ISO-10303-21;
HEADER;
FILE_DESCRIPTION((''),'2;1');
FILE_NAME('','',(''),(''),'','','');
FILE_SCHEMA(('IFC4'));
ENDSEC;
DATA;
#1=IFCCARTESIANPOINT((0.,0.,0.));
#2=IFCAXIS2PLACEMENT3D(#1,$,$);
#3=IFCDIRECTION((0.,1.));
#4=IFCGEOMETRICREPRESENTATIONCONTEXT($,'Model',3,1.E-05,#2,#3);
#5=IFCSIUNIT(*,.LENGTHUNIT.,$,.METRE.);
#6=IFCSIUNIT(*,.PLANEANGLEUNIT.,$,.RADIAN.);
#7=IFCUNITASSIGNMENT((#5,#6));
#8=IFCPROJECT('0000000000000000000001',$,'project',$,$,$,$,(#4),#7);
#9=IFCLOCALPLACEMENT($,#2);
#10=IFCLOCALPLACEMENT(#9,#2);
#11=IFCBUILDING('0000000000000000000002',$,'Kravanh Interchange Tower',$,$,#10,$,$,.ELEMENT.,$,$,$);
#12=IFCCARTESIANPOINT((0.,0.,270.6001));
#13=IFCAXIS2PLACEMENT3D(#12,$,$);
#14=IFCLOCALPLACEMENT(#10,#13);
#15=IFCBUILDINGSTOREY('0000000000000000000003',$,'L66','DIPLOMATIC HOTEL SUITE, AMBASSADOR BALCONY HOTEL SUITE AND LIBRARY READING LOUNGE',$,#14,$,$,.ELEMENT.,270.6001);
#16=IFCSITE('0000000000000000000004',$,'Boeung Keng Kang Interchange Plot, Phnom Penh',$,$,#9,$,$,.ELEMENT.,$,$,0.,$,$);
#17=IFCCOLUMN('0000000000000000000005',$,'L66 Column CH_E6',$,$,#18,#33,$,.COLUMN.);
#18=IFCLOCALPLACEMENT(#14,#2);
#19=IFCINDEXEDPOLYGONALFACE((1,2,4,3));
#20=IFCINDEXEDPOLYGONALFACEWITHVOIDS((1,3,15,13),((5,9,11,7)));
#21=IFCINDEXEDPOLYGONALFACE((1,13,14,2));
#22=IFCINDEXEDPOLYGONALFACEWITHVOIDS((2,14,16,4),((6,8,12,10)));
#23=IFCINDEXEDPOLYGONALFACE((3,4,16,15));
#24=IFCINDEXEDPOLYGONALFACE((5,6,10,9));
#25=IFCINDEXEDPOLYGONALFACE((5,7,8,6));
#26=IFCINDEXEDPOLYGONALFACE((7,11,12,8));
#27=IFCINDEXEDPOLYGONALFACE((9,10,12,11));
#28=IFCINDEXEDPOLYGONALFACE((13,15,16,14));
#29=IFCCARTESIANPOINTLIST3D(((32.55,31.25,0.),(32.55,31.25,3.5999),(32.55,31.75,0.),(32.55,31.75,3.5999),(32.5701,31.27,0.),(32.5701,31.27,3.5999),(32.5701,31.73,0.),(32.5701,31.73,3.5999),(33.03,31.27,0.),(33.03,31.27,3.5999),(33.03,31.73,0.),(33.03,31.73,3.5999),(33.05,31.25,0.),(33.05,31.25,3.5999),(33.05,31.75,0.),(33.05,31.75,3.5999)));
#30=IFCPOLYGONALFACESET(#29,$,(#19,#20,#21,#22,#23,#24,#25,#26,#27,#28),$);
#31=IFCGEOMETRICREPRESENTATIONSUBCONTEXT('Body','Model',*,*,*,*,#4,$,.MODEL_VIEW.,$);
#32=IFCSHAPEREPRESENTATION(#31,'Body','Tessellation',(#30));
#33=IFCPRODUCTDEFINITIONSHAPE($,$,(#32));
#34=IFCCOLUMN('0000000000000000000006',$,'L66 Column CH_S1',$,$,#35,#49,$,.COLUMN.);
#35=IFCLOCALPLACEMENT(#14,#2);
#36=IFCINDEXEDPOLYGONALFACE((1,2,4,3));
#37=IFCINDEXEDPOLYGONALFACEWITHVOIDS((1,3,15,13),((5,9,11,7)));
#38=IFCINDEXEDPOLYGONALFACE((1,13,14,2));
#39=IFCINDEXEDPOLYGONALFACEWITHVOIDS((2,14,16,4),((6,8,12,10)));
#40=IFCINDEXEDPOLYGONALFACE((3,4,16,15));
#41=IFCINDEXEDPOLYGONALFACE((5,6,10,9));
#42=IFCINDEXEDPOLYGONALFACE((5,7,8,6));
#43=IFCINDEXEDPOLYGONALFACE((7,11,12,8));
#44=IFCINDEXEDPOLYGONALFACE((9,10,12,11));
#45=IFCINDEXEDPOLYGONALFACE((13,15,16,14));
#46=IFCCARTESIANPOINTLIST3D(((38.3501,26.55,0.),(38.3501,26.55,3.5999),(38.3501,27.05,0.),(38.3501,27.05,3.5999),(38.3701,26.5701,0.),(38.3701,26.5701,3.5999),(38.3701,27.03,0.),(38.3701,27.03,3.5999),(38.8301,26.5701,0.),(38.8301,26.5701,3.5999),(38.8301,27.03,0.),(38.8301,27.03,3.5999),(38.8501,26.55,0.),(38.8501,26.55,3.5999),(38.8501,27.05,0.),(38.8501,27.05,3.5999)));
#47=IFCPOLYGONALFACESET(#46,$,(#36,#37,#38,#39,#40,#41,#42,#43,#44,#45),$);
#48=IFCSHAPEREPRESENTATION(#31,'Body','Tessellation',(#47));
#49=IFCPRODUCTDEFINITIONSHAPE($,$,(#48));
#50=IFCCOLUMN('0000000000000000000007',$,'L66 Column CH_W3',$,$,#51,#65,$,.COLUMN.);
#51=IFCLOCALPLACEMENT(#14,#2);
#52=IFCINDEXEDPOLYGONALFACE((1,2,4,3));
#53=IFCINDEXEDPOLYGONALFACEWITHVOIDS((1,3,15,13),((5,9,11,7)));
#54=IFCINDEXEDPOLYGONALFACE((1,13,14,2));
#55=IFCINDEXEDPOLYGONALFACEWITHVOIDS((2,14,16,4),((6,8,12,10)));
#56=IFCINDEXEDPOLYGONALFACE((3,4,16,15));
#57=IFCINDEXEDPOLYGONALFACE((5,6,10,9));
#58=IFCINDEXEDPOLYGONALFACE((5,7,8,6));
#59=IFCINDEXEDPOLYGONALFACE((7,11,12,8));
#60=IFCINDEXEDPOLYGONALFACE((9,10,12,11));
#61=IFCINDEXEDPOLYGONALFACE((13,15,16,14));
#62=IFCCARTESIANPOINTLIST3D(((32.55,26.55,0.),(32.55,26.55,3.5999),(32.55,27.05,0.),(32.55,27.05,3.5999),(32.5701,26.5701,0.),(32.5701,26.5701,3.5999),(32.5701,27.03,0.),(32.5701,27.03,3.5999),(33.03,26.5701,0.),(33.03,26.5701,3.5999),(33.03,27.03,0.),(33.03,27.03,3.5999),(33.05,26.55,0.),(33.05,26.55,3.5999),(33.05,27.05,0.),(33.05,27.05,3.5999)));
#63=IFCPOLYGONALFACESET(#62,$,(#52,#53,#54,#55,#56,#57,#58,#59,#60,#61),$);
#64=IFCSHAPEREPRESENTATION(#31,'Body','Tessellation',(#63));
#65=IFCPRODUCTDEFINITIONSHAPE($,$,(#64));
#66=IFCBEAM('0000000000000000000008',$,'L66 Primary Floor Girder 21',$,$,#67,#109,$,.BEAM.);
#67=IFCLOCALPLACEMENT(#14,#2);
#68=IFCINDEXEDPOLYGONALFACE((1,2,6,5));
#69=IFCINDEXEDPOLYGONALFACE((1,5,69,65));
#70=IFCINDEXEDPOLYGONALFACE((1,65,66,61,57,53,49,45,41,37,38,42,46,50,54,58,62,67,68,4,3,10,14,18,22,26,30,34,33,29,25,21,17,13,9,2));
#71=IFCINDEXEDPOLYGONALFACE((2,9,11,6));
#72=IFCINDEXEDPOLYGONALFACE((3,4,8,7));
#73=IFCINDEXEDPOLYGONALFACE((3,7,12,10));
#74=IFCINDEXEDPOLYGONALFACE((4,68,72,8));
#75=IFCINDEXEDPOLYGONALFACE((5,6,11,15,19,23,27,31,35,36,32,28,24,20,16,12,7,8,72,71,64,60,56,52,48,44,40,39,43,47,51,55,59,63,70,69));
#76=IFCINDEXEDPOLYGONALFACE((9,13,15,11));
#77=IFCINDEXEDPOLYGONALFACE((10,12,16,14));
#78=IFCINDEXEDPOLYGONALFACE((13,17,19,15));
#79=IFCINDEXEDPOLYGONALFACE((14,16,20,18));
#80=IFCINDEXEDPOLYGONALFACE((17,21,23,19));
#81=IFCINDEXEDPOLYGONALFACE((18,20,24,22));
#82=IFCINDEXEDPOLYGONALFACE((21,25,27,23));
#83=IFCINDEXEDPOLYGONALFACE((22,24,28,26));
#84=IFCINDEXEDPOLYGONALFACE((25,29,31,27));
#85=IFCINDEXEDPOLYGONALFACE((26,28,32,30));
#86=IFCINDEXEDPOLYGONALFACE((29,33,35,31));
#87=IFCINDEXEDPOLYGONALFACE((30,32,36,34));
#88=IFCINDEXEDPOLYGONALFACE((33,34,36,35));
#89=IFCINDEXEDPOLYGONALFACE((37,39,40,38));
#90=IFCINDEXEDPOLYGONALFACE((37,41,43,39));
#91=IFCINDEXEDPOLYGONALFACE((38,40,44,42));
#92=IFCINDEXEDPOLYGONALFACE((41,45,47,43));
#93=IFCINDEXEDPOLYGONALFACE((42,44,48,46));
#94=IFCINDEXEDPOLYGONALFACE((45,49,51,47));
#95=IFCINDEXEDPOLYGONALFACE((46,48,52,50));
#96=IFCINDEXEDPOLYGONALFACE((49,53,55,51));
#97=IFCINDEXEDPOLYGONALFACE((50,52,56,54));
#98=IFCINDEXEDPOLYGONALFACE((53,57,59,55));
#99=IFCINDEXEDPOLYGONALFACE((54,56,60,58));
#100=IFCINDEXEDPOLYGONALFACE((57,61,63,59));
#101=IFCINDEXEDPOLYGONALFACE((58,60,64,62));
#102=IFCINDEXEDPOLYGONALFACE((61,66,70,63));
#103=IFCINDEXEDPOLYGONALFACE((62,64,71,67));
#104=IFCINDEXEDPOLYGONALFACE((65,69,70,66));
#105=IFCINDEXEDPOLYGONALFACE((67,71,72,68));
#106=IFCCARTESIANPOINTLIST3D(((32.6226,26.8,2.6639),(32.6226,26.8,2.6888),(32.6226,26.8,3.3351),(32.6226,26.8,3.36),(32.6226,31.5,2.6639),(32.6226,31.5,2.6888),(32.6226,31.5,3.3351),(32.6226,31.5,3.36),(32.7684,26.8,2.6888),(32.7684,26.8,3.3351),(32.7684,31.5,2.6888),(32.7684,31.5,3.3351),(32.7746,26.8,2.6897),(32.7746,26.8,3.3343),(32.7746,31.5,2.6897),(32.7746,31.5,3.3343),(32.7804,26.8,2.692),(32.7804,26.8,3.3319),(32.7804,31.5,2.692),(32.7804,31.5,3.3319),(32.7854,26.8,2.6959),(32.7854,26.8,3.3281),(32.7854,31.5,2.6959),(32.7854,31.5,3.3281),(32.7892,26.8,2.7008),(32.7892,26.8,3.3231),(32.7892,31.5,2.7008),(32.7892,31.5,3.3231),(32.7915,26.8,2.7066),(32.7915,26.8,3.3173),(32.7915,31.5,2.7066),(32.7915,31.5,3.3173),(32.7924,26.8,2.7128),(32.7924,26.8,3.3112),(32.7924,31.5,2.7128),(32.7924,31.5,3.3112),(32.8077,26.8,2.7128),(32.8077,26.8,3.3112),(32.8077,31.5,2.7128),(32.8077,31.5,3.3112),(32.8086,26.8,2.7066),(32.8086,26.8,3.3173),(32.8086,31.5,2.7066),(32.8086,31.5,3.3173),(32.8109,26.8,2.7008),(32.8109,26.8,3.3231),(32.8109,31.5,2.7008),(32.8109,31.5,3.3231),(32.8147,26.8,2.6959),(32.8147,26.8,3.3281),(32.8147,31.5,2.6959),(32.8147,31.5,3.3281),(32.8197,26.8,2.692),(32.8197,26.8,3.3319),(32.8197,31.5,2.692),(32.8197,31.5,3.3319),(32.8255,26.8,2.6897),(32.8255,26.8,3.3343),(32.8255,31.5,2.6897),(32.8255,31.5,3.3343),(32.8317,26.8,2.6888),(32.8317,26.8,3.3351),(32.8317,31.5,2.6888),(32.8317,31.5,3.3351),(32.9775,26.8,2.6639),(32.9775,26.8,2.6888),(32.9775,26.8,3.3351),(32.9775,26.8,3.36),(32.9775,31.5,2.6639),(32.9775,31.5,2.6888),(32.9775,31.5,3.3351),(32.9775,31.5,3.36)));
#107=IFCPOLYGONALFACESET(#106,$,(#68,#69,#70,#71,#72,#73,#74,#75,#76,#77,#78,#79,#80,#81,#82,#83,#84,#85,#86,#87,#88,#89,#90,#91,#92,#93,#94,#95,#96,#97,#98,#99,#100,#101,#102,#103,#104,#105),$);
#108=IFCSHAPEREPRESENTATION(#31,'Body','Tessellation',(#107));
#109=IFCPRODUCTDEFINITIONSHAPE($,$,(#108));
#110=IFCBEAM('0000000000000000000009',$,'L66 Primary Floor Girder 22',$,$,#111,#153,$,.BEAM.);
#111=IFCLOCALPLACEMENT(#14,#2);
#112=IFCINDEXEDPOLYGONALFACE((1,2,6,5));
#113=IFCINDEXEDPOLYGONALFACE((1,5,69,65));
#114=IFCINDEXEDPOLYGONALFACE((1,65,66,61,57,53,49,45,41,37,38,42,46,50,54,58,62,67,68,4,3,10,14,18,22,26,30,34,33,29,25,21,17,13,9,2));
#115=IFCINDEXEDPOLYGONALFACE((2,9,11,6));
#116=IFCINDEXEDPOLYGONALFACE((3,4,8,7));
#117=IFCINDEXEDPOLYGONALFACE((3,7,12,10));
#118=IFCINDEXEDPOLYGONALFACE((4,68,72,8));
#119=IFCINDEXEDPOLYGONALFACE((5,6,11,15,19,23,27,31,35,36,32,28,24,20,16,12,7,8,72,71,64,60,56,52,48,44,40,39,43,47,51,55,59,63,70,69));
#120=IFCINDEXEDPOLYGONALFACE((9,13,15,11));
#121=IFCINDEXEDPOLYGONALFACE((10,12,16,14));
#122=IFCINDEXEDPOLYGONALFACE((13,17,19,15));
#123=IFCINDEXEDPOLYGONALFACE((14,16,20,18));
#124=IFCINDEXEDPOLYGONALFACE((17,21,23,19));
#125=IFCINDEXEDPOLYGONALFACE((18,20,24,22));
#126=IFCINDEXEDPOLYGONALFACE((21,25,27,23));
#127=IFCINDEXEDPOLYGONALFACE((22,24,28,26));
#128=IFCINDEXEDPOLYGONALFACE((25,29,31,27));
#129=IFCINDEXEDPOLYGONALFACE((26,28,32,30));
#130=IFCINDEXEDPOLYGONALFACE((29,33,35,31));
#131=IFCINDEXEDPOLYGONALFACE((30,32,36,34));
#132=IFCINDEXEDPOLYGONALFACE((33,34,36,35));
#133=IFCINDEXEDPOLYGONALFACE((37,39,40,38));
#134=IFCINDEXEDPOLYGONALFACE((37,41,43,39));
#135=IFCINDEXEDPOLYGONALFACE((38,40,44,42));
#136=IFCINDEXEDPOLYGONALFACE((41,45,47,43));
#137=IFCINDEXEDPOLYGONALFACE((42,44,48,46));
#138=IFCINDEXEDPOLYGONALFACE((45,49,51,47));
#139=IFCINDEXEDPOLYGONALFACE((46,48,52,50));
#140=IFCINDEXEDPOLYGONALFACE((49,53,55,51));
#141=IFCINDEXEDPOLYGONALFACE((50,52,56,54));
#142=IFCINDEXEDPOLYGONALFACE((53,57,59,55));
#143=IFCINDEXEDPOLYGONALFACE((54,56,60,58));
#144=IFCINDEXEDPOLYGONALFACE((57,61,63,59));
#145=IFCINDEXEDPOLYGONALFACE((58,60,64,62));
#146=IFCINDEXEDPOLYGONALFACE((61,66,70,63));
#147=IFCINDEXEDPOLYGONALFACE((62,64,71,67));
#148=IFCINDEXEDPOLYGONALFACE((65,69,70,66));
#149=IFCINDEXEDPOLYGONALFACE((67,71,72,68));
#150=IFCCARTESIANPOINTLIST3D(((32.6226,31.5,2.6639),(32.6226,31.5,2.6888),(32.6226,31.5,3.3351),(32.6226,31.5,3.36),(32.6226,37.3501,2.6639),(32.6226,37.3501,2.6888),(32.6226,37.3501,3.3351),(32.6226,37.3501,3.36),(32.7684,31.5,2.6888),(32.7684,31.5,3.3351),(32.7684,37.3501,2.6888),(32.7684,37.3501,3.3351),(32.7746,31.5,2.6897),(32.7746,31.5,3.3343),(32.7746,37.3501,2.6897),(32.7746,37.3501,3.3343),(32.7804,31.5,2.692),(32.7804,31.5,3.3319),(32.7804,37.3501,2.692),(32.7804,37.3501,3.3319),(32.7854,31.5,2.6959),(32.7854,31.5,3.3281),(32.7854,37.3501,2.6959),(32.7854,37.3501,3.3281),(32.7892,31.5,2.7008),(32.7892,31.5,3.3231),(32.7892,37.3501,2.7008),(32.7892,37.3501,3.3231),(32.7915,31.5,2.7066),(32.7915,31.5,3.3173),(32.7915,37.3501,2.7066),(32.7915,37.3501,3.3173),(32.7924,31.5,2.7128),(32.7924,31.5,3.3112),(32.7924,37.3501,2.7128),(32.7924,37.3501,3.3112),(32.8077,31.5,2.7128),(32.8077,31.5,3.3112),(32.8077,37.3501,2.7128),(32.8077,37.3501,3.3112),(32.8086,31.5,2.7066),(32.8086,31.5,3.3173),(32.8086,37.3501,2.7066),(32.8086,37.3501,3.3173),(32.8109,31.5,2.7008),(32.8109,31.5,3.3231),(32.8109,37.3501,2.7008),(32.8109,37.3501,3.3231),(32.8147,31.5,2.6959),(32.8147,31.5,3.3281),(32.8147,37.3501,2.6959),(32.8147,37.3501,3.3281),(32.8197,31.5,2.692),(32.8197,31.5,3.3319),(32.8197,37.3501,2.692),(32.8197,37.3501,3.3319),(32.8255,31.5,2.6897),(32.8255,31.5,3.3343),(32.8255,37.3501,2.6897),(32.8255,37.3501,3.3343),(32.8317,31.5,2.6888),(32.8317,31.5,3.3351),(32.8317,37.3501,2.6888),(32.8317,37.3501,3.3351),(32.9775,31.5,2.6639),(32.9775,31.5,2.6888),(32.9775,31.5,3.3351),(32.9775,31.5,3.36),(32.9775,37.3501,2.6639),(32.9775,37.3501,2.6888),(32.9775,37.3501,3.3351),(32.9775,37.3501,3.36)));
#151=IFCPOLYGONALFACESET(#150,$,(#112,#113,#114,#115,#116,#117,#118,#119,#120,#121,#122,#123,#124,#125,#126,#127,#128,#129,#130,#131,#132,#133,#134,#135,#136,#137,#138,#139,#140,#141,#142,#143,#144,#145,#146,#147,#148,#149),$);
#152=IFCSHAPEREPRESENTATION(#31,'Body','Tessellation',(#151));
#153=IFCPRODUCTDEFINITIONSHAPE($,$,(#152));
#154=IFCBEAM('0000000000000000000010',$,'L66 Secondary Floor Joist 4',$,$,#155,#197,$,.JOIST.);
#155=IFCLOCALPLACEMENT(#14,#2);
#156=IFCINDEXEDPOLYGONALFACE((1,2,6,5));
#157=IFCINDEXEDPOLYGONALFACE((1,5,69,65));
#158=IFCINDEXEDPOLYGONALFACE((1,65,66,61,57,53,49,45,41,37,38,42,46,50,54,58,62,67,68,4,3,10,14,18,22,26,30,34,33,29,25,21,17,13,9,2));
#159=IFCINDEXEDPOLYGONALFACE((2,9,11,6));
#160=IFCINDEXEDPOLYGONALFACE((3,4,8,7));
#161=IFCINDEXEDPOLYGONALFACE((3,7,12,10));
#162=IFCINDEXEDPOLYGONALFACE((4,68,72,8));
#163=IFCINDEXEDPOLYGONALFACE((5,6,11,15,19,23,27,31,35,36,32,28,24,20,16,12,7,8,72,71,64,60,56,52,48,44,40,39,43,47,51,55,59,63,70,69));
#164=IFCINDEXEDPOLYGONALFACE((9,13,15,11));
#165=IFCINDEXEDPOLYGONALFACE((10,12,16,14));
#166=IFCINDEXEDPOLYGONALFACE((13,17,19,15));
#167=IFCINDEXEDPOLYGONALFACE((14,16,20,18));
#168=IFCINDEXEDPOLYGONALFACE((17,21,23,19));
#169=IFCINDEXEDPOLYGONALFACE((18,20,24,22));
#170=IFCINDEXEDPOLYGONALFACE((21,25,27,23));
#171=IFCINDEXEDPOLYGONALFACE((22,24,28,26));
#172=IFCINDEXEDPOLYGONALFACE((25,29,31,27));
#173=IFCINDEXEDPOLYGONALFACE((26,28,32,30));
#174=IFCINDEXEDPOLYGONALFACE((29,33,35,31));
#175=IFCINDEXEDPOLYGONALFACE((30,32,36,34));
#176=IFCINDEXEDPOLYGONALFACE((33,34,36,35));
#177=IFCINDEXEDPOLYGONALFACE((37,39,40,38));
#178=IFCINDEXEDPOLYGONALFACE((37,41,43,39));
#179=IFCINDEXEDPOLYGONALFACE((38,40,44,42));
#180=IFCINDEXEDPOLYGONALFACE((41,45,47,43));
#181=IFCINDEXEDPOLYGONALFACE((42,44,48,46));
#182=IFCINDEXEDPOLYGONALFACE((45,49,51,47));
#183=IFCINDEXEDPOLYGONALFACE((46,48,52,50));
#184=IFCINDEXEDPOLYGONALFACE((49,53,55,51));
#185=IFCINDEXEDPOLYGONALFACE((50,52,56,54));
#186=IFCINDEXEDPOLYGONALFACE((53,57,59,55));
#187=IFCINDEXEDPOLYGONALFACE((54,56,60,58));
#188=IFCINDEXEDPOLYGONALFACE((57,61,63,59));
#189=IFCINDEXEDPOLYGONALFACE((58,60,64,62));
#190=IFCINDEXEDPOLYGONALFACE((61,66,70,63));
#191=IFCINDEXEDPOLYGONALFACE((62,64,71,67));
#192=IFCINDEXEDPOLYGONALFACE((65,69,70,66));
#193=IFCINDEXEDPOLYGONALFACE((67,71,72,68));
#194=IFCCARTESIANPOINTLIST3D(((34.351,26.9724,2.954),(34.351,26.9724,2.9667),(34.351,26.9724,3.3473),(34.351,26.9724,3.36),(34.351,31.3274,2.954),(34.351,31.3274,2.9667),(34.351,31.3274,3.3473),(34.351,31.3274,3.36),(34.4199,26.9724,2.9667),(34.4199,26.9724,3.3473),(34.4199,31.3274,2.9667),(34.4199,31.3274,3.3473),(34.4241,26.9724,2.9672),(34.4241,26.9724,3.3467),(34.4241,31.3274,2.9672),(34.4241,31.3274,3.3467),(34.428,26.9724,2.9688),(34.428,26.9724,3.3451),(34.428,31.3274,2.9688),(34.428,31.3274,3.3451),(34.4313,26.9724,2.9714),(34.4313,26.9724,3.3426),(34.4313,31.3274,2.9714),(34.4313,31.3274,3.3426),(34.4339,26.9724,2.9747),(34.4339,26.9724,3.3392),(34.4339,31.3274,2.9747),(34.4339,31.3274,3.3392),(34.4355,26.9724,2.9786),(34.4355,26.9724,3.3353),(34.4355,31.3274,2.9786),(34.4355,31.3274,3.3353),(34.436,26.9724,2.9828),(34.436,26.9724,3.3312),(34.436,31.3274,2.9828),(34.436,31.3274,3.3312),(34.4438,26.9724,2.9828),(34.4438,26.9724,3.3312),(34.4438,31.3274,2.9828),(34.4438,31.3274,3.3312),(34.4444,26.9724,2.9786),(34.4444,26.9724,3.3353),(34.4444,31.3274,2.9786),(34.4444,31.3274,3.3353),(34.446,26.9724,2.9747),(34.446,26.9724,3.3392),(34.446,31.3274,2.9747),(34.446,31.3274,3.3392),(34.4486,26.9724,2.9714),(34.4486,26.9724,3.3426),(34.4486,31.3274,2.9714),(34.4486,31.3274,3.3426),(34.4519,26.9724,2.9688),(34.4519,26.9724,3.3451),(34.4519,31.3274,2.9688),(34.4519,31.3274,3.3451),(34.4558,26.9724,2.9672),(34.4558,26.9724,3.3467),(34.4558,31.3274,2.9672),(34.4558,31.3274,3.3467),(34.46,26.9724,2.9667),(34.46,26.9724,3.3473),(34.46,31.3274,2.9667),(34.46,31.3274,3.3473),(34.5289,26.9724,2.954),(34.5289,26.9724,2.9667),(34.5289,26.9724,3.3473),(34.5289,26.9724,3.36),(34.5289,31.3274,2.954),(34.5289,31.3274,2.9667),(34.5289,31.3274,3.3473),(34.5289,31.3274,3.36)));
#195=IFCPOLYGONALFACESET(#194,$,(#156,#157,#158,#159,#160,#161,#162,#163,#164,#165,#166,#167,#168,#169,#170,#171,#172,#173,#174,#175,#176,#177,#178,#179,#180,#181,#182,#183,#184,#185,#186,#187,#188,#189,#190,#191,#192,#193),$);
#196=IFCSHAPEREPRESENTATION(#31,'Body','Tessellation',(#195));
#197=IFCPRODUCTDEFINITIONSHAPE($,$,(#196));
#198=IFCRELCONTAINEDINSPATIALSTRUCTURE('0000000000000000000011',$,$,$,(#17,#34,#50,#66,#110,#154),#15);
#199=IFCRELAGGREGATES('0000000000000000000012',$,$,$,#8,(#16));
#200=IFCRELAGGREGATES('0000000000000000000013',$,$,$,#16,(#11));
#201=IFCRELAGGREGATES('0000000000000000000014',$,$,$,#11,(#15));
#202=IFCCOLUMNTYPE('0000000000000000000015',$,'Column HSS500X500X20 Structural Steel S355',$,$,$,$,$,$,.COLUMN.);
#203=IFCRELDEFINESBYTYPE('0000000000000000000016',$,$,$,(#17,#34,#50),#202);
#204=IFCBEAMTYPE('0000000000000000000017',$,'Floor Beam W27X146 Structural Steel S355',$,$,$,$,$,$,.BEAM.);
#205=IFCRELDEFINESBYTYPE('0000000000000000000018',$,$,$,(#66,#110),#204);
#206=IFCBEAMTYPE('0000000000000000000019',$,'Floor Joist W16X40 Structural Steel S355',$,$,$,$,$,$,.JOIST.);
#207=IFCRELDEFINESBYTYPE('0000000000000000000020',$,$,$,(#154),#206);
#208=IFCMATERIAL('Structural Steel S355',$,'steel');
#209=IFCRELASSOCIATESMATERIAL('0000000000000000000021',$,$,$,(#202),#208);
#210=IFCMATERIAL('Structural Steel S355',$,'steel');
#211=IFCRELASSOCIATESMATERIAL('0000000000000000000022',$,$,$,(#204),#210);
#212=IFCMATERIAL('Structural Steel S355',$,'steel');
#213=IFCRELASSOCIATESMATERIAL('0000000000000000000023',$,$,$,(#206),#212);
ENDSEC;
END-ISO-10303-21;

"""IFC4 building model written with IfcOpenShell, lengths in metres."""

from ifc_helpers import new_model, si_unit, direction, frame, origin, origin_2d, place, context, subcontext, project, spatial, hollow_rectangle, i_section, extrude, material, material_profile, profile_set, type_object, element, save


model = new_model("IFC4")

# Units and contexts
model_context = context("Model", 3, precision=1e-05, world=origin(), true_north=direction((0.0, 1.0)))
body_context = subcontext(model_context, "Body", "Model", "MODEL_VIEW")
ifc_project = project(units=[si_unit("LENGTHUNIT", "METRE"), si_unit("PLANEANGLEUNIT", "RADIAN")], contexts=[model_context])

# Site, building, storey
site_placement = place(None, origin())
site = spatial("IfcSite", under=ifc_project, at=site_placement, Name="Boeung Keng Kang Interchange Plot, Phnom Penh", CompositionType="ELEMENT", RefElevation=0.0)
building_placement = place(site_placement, origin())
building = spatial("IfcBuilding", under=site, at=building_placement, Name="Kravanh Interchange Tower", CompositionType="ELEMENT")
storey_placement = place(building_placement, frame((0.0, 0.0, 270.6001)))
storey = spatial("IfcBuildingStorey", under=building, at=storey_placement, Name="L66", Description="DIPLOMATIC HOTEL SUITE, AMBASSADOR BALCONY HOTEL SUITE AND LIBRARY READING LOUNGE", CompositionType="ELEMENT", Elevation=270.6001)

# Columns
ifc_material_1 = material(Name="Structural Steel S355", Category="steel")
ifc_material_profile_1 = material_profile(ifc_material_1, hollow_rectangle(XDim=0.5, YDim=0.5, WallThickness=0.02, at=origin_2d()), Name="HSS500X500X20")
ifc_profile_set_1 = profile_set([ifc_material_profile_1], Name="Structural Steel S355")
column_type = type_object("IfcColumnType", Name="Column HSS500X500X20 Structural Steel S355", PredefinedType="COLUMN", material=ifc_profile_set_1)
for number, where, z_axis, x_axis, name in (
    (1, (32.8, 31.5, 0.0), (0.0, 0.0, 1.0), (1.0, 0.0, 0.0), "L66 Column CH_E6"),
    (2, (38.6001, 26.8, 0.0), (0.0, 0.0, 1.0), (1.0, 0.0, 0.0), "L66 Column CH_S1"),
    (3, (32.8, 26.8, 0.0), (0.0, 0.0, 1.0), (1.0, 0.0, 0.0), "L66 Column CH_W3"),
):
    element("IfcColumn", number, at=place(storey_placement, frame(where, z_axis=z_axis, x_axis=x_axis)), inside=storey, type_object=column_type, Name=name, PredefinedType="COLUMN", context=body_context, shape_type="SweptSolid", body=[
        extrude(hollow_rectangle(XDim=0.5, YDim=0.5, WallThickness=0.02, at=origin_2d()), origin(), (0.0, 0.0, 1.0), 3.5999),
    ])

# Beams
ifc_material_2 = material(Name="Structural Steel S355", Category="steel")
ifc_material_profile_2 = material_profile(ifc_material_2, i_section(OverallWidth=0.355, OverallDepth=0.696, WebThickness=0.0154, FlangeThickness=0.0249, FilletRadius=0.0239, at=origin_2d()), Name="W27X146")
ifc_profile_set_2 = profile_set([ifc_material_profile_2], Name="Structural Steel S355")
beam_type_1 = type_object("IfcBeamType", Name="Floor Beam W27X146 Structural Steel S355", PredefinedType="BEAM", material=ifc_profile_set_2)
beam_1_placement = place(storey_placement, frame((32.8, 31.5, 3.012), z_axis=(0.0, -1.0, 0.0), x_axis=(1.0, 0.0, 0.0)))
element("IfcBeam", 4, at=beam_1_placement, inside=storey, type_object=beam_type_1, Name="L66 Primary Floor Girder 21", PredefinedType="BEAM", context=body_context, shape_type="SweptSolid", body=[
    extrude(i_section(OverallWidth=0.355, OverallDepth=0.696, WebThickness=0.0154, FlangeThickness=0.0249, FilletRadius=0.0239, at=origin_2d()), origin(), (0.0, 0.0, 1.0), 4.7),
])
beam_2_placement = place(storey_placement, frame((32.8, 31.5, 3.012), z_axis=(0.0, 1.0, 0.0), x_axis=(-1.0, 0.0, 0.0)))
element("IfcBeam", 5, at=beam_2_placement, inside=storey, type_object=beam_type_1, Name="L66 Primary Floor Girder 22", PredefinedType="BEAM", context=body_context, shape_type="SweptSolid", body=[
    extrude(i_section(OverallWidth=0.355, OverallDepth=0.696, WebThickness=0.0154, FlangeThickness=0.0249, FilletRadius=0.0239, at=origin_2d()), origin(), (0.0, 0.0, 1.0), 5.8501),
])
ifc_material_3 = material(Name="Structural Steel S355", Category="steel")
ifc_material_profile_3 = material_profile(ifc_material_3, i_section(OverallWidth=0.178, OverallDepth=0.406, WebThickness=0.0078, FlangeThickness=0.0127, FilletRadius=0.0161, at=origin_2d()), Name="W16X40")
ifc_profile_set_3 = profile_set([ifc_material_profile_3], Name="Structural Steel S355")
beam_type_2 = type_object("IfcBeamType", Name="Floor Joist W16X40 Structural Steel S355", PredefinedType="JOIST", material=ifc_profile_set_3)
for number, where, z_axis, x_axis, name in (
    (6, (34.4399, 26.9724, 3.157), (0.0, 1.0, 0.0), (-1.0, 0.0, 0.0), "L66 Secondary Floor Joist 4"),
):
    element("IfcBeam", number, at=place(storey_placement, frame(where, z_axis=z_axis, x_axis=x_axis)), inside=storey, type_object=beam_type_2, Name=name, PredefinedType="JOIST", context=body_context, shape_type="SweptSolid", body=[
        extrude(i_section(OverallWidth=0.178, OverallDepth=0.406, WebThickness=0.0078, FlangeThickness=0.0127, FilletRadius=0.0161, at=origin_2d()), origin(), (0.0, 0.0, 1.0), 4.355),
    ])

save(model, "model.ifc")
